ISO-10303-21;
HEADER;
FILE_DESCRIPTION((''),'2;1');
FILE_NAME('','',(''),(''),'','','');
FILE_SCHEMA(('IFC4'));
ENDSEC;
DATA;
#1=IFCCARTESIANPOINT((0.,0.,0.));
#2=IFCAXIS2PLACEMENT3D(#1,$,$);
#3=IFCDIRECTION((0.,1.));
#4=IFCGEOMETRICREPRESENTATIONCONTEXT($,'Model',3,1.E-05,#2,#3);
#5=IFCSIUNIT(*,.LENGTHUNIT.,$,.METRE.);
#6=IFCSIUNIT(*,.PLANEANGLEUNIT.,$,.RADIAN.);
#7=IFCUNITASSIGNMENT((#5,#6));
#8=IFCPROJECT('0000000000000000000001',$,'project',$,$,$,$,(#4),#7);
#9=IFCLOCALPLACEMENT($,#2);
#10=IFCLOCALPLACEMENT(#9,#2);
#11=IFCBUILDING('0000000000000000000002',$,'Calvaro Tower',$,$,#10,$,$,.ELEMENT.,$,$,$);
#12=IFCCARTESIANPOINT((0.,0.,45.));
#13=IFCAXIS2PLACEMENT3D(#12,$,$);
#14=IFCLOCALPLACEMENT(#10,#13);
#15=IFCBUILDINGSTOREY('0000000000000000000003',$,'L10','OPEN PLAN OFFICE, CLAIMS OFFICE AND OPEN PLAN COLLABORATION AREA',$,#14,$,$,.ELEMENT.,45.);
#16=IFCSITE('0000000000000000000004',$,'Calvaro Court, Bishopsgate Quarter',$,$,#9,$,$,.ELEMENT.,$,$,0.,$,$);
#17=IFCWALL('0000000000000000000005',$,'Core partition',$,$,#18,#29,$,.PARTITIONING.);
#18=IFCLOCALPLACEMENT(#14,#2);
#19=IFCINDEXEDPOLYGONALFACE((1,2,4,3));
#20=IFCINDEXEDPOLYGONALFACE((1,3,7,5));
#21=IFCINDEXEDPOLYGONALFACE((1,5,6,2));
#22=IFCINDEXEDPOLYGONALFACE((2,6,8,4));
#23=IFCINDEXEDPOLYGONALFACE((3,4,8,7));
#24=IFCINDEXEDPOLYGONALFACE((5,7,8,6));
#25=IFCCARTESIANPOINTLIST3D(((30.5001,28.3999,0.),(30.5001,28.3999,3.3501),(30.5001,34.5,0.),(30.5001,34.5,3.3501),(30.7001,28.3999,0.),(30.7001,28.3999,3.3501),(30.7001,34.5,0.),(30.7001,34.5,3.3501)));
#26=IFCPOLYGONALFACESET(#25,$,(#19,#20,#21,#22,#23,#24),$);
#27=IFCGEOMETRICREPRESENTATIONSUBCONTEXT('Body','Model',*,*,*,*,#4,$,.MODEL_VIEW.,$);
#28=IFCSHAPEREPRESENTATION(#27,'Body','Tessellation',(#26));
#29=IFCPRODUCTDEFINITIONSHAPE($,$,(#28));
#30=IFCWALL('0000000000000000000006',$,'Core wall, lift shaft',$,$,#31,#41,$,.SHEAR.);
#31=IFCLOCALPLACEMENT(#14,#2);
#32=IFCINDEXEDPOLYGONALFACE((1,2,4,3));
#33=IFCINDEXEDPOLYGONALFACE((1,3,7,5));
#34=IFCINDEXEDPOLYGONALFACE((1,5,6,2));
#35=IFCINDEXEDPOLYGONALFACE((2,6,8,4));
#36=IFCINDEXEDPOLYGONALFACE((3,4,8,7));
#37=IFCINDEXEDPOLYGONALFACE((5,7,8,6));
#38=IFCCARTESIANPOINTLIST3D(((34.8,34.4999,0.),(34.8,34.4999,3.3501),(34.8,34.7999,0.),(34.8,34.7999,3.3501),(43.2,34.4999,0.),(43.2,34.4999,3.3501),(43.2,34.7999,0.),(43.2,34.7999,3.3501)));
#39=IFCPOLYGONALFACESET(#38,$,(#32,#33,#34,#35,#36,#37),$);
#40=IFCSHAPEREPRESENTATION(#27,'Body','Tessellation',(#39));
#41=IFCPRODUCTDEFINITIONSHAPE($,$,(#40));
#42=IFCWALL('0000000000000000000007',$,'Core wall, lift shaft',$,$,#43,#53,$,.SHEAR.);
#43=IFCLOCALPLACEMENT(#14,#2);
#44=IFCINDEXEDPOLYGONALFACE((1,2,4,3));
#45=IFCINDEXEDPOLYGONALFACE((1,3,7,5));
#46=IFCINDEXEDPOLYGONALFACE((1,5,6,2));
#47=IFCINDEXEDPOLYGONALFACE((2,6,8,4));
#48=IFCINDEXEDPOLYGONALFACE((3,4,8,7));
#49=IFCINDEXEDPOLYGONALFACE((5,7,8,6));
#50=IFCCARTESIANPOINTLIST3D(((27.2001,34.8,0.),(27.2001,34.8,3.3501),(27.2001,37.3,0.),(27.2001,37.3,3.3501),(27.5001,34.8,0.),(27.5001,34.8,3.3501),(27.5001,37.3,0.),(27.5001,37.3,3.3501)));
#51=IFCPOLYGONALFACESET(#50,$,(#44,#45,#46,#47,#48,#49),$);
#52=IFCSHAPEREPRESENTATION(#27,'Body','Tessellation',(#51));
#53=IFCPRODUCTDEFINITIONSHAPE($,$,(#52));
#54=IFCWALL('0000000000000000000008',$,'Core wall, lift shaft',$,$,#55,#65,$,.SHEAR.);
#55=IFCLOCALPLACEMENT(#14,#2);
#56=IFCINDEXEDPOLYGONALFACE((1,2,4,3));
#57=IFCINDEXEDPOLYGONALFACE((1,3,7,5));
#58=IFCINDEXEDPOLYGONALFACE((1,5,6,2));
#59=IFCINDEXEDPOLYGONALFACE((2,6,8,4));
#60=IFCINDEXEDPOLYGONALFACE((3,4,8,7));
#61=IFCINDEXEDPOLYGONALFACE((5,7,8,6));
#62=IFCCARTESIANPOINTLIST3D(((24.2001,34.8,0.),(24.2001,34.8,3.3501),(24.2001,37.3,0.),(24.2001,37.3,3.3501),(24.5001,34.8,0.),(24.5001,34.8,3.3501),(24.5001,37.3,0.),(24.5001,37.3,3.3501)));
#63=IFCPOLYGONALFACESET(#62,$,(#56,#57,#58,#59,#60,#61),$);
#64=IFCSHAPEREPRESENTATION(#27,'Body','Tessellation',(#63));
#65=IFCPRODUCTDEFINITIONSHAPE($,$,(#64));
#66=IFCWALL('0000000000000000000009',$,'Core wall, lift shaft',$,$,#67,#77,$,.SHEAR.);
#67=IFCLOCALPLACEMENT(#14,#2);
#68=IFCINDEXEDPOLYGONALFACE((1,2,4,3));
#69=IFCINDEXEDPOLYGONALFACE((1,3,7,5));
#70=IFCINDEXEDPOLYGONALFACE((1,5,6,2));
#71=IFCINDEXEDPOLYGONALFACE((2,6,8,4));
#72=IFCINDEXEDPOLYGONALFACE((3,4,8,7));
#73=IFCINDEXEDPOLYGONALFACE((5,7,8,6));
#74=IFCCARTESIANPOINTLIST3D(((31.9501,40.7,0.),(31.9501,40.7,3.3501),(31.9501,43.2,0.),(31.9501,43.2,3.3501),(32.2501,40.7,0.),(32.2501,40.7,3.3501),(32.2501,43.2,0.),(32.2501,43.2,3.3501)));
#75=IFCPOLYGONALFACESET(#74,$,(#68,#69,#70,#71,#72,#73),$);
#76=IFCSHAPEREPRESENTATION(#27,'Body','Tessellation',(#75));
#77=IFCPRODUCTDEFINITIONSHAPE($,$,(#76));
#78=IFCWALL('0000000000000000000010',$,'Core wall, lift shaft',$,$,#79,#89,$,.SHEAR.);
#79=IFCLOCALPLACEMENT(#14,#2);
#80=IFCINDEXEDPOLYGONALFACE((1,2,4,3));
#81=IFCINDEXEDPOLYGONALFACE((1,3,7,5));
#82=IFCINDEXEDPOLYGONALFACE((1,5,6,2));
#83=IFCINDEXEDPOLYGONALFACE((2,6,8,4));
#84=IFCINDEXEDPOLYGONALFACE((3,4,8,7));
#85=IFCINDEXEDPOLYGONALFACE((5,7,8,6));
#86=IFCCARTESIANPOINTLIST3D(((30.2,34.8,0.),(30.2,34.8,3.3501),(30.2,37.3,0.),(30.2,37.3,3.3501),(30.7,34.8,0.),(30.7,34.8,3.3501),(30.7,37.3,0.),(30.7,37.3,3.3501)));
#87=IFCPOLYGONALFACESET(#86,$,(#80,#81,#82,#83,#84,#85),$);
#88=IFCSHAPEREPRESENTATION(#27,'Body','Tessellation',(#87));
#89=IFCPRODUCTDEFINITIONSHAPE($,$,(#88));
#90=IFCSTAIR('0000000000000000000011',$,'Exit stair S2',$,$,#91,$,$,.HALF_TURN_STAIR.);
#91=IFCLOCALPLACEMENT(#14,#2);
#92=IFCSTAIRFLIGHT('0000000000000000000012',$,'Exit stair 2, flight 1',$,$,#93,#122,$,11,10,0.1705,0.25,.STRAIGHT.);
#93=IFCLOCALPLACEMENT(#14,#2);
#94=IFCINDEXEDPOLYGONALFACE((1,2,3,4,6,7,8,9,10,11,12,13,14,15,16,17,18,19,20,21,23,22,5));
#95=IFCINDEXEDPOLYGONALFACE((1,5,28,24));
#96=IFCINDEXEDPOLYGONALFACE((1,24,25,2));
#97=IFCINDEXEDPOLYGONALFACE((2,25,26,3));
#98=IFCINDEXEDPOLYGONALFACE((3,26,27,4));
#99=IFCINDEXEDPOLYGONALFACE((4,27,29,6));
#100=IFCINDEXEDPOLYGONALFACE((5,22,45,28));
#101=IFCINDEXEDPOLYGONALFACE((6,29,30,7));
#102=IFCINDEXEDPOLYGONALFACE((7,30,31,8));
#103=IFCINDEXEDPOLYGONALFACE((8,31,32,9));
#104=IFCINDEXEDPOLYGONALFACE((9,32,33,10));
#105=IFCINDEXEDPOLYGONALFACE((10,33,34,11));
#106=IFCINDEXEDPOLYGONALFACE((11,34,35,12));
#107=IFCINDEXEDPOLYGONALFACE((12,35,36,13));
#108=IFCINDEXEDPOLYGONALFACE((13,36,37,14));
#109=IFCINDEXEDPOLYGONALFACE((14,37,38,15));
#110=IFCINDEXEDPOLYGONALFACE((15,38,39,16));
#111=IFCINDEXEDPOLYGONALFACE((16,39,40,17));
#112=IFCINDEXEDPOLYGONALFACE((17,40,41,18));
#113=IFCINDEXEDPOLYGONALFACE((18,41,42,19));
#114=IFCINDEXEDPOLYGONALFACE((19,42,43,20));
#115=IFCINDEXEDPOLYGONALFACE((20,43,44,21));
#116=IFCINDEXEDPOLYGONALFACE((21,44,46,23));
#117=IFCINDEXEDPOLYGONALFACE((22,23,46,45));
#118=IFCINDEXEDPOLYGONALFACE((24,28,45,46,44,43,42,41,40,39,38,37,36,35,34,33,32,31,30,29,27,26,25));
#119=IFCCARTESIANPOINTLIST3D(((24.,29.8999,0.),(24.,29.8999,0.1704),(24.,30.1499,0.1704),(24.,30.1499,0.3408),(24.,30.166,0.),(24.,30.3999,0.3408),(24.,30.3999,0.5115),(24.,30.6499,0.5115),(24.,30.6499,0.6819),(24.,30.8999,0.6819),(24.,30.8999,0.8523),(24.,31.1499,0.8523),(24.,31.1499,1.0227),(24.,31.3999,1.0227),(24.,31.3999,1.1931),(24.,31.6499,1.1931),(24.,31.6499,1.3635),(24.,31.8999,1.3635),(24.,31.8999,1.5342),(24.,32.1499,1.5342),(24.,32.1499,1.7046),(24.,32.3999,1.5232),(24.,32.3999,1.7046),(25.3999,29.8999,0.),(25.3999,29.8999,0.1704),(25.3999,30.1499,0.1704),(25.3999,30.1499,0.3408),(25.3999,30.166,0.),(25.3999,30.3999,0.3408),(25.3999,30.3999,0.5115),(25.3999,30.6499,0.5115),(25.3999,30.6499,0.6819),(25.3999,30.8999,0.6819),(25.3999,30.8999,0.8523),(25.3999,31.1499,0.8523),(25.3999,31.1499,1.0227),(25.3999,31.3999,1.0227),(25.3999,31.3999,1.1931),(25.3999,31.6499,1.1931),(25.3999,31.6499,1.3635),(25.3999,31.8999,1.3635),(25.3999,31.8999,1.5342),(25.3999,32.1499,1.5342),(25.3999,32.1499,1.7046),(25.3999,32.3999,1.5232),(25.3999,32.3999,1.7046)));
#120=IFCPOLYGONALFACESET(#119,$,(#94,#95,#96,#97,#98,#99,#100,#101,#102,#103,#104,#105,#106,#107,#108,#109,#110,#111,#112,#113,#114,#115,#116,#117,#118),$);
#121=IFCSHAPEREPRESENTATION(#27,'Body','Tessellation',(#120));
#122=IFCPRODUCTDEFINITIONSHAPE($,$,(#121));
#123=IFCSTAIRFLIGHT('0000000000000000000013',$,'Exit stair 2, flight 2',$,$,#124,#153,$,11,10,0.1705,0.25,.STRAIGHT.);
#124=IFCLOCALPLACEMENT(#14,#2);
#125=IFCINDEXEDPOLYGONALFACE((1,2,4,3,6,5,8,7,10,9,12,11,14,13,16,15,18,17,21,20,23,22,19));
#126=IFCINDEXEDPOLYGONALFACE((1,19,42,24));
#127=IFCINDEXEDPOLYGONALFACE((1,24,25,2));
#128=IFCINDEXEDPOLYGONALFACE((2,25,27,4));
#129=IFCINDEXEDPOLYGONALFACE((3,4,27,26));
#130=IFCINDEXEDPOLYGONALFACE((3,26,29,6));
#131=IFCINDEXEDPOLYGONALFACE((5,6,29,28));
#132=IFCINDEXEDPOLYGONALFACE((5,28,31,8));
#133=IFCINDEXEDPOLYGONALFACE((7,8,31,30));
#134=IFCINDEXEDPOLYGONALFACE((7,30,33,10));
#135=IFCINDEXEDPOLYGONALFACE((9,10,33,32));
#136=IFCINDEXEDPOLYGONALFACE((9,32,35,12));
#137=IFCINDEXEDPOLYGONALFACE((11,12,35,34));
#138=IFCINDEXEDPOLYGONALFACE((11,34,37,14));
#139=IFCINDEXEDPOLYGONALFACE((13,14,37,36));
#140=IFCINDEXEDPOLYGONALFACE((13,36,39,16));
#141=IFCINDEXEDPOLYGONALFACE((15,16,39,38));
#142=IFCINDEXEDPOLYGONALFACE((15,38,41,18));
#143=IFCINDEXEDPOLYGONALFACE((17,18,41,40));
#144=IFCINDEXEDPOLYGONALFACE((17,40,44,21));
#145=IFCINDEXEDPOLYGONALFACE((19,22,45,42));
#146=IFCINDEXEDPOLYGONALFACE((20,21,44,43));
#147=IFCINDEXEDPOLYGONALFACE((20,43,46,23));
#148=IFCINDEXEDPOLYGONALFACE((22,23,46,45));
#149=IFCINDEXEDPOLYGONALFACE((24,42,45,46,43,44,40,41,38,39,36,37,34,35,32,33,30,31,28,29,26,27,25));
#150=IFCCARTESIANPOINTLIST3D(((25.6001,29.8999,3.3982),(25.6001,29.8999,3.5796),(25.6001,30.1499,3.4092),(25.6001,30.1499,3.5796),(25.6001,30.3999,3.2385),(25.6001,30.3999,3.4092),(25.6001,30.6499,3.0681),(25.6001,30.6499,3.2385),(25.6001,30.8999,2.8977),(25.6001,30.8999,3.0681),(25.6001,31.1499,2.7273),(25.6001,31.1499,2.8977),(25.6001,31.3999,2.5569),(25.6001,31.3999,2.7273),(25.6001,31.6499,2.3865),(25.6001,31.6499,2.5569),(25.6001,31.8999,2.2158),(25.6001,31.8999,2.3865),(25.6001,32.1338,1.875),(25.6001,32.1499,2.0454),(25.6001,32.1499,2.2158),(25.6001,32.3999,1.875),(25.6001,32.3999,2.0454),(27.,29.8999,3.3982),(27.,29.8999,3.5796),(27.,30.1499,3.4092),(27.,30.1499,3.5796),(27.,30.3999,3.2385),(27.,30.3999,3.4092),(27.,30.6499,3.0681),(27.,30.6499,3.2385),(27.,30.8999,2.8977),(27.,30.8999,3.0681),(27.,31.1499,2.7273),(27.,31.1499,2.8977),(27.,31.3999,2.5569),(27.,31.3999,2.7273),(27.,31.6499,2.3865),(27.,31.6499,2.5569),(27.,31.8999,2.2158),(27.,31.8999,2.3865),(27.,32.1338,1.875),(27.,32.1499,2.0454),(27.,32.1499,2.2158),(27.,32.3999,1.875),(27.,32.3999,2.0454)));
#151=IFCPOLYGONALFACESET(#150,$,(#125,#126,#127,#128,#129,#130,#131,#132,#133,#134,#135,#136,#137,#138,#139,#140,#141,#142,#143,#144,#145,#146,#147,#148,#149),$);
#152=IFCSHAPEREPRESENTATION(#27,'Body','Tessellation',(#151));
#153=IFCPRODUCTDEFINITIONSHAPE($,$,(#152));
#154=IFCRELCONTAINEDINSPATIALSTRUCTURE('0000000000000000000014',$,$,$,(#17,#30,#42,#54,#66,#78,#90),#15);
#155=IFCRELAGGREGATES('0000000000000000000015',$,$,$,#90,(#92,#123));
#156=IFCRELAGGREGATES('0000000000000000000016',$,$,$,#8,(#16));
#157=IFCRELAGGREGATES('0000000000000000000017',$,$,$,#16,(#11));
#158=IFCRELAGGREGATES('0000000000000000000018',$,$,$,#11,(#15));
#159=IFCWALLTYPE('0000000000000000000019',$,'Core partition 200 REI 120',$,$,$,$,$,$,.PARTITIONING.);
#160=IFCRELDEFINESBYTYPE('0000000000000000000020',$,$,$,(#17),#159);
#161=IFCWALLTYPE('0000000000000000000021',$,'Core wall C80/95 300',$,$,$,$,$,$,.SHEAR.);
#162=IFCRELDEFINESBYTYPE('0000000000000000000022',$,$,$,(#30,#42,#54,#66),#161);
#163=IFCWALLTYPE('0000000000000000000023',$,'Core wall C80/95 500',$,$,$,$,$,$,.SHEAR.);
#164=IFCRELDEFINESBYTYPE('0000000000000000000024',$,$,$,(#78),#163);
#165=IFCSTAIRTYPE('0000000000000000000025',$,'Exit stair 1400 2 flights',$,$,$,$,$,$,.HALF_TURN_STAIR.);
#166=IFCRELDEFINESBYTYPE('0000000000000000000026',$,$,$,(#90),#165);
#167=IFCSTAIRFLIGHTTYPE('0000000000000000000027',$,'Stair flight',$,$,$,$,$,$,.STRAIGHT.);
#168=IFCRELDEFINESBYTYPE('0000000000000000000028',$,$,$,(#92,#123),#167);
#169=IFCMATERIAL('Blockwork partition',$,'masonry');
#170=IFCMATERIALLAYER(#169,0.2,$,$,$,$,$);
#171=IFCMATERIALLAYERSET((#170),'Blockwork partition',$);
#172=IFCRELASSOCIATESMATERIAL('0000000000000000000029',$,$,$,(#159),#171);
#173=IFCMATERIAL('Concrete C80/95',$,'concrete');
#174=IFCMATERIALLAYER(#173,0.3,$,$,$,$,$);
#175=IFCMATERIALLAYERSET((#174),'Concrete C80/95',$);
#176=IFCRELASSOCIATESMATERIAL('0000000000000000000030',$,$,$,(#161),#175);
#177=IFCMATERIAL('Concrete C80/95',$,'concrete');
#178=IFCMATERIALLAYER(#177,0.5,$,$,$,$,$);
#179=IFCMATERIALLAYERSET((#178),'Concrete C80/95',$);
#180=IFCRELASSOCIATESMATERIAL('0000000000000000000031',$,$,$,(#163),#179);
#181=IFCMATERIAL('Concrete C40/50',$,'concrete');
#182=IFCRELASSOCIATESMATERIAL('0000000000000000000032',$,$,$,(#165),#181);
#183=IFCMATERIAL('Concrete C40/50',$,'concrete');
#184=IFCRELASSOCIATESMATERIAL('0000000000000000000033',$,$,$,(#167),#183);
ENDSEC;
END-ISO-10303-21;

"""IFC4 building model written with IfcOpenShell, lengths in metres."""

from ifc_helpers import new_model, si_unit, direction, frame, frame_2d, origin, place, context, subcontext, project, spatial, polyline, rectangle, outline, extrude, material, layer, layer_set, type_object, element, aggregate, save


model = new_model("IFC4")

# Units and contexts
model_context = context("Model", 3, precision=1e-05, world=origin(), true_north=direction((0.0, 1.0)))
body_context = subcontext(model_context, "Body", "Model", "MODEL_VIEW")
ifc_project = project(units=[si_unit("LENGTHUNIT", "METRE"), si_unit("PLANEANGLEUNIT", "RADIAN")], contexts=[model_context])

# Site, building, storey
site_placement = place(None, origin())
site = spatial("IfcSite", under=ifc_project, at=site_placement, Name="Calvaro Court, Bishopsgate Quarter", CompositionType="ELEMENT", RefElevation=0.0)
building_placement = place(site_placement, origin())
building = spatial("IfcBuilding", under=site, at=building_placement, Name="Calvaro Tower", CompositionType="ELEMENT")
storey_placement = place(building_placement, frame((0.0, 0.0, 45.0)))
storey = spatial("IfcBuildingStorey", under=building, at=storey_placement, Name="L10", Description="OPEN PLAN OFFICE, CLAIMS OFFICE AND OPEN PLAN COLLABORATION AREA", CompositionType="ELEMENT", Elevation=45.0)

# Walls
ifc_material_1 = material(Name="Blockwork partition", Category="masonry")
ifc_layer_1 = layer(ifc_material_1, 0.2)
ifc_layer_set_1 = layer_set([ifc_layer_1], Name="Blockwork partition")
wall_type_1 = type_object("IfcWallType", Name="Core partition 200 REI 120", PredefinedType="PARTITIONING", material=ifc_layer_set_1)
wall_1_placement = place(storey_placement, frame((30.6001, 28.3999, 0.0), z_axis=(0.0, 0.0, 1.0), x_axis=(0.0, 1.0, 0.0)))
element("IfcWall", 1, at=wall_1_placement, inside=storey, type_object=wall_type_1, Name="Core partition", PredefinedType="PARTITIONING", context=body_context, shape_type="SweptSolid", body=[
    extrude(rectangle(XDim=6.1001, YDim=0.2, at=frame_2d((3.05, 0.0))), origin(), (0.0, 0.0, 1.0), 3.3501),
])
ifc_material_2 = material(Name="Concrete C80/95", Category="concrete")
ifc_layer_2 = layer(ifc_material_2, 0.3)
ifc_layer_set_2 = layer_set([ifc_layer_2], Name="Concrete C80/95")
wall_type_2 = type_object("IfcWallType", Name="Core wall C80/95 300", PredefinedType="SHEAR", material=ifc_layer_set_2)
wall_2_placement = place(storey_placement, frame((34.8, 34.6499, 0.0), z_axis=(0.0, 0.0, 1.0), x_axis=(1.0, 0.0, 0.0)))
element("IfcWall", 2, at=wall_2_placement, inside=storey, type_object=wall_type_2, Name="Core wall, lift shaft", PredefinedType="SHEAR", context=body_context, shape_type="SweptSolid", body=[
    extrude(rectangle(XDim=8.3999, YDim=0.3, at=frame_2d((4.2, 0.0))), origin(), (0.0, 0.0, 1.0), 3.3501),
])
for number, where, z_axis, x_axis, name in (
    (3, (27.3501, 34.8, 0.0), (0.0, 0.0, 1.0), (0.0, 1.0, 0.0), "Core wall, lift shaft"),
    (4, (24.3501, 34.8, 0.0), (0.0, 0.0, 1.0), (0.0, 1.0, 0.0), "Core wall, lift shaft"),
    (5, (32.1001, 40.7, 0.0), (0.0, 0.0, 1.0), (0.0, 1.0, 0.0), "Core wall, lift shaft"),
):
    element("IfcWall", number, at=place(storey_placement, frame(where, z_axis=z_axis, x_axis=x_axis)), inside=storey, type_object=wall_type_2, Name=name, PredefinedType="SHEAR", context=body_context, shape_type="SweptSolid", body=[
        extrude(rectangle(XDim=2.5, YDim=0.3, at=frame_2d((1.25, 0.0))), origin(), (0.0, 0.0, 1.0), 3.3501),
    ])
ifc_material_3 = material(Name="Concrete C80/95", Category="concrete")
ifc_layer_3 = layer(ifc_material_3, 0.5)
ifc_layer_set_3 = layer_set([ifc_layer_3], Name="Concrete C80/95")
wall_type_3 = type_object("IfcWallType", Name="Core wall C80/95 500", PredefinedType="SHEAR", material=ifc_layer_set_3)
wall_3_placement = place(storey_placement, frame((30.45, 34.8, 0.0), z_axis=(0.0, 0.0, 1.0), x_axis=(0.0, 1.0, 0.0)))
element("IfcWall", 6, at=wall_3_placement, inside=storey, type_object=wall_type_3, Name="Core wall, lift shaft", PredefinedType="SHEAR", context=body_context, shape_type="SweptSolid", body=[
    extrude(rectangle(XDim=2.5, YDim=0.5, at=frame_2d((1.25, 0.0))), origin(), (0.0, 0.0, 1.0), 3.3501),
])

# Stair, stair flights
ifc_material_4 = material(Name="Concrete C40/50", Category="concrete")
stair_type = type_object("IfcStairType", Name="Exit stair 1400 2 flights", PredefinedType="HALF_TURN_STAIR", material=ifc_material_4)
stair_placement = place(storey_placement, origin())
stair = element("IfcStair", 7, at=stair_placement, inside=storey, type_object=stair_type, Name="Exit stair S2", PredefinedType="HALF_TURN_STAIR")
ifc_material_5 = material(Name="Concrete C40/50", Category="concrete")
stair_flight_type = type_object("IfcStairFlightType", Name="Stair flight", PredefinedType="STRAIGHT", material=ifc_material_5)
stair_flight_1_placement = place(storey_placement, frame((24.7, 29.8999, 0.0), z_axis=(0.0, 0.0, 1.0), x_axis=(0.0, 1.0, 0.0)))
stair_flight_1 = element("IfcStairFlight", 8, at=stair_flight_1_placement, type_object=stair_flight_type, Name="Exit stair 2, flight 1", NumberOfRisers=11, NumberOfTreads=10, PredefinedType="STRAIGHT", RiserHeight=0.1705, TreadLength=0.25, context=body_context, shape_type="SweptSolid", body=[
    extrude(outline(polyline([(0.0, 0.0), (0.0, 0.1704), (0.25, 0.1704), (0.25, 0.3408), (0.5, 0.3408), (0.5, 0.5115), (0.75, 0.5115), (0.75, 0.6819), (1.0, 0.6819), (1.0, 0.8523), (1.25, 0.8523), (1.25, 1.0227), (1.5, 1.0227), (1.5, 1.1931), (1.75, 1.1931), (1.75, 1.3635), (2.0, 1.3635), (2.0, 1.5342), (2.25, 1.5342), (2.25, 1.7046), (2.5, 1.7046), (2.5, 1.875), (2.5, 1.5232), (0.2661, 0.0), (0.0, 0.0)])), frame((0.0, 0.7, 0.0), z_axis=(0.0, -1.0, 0.0), x_axis=(1.0, 0.0, 0.0)), (0.0, 0.0, 1.0), 1.3999),
])
stair_flight_2_placement = place(storey_placement, frame((26.3, 32.3999, 1.875), z_axis=(0.0, 0.0, 1.0), x_axis=(0.0, -1.0, 0.0)))
stair_flight_2 = element("IfcStairFlight", 9, at=stair_flight_2_placement, type_object=stair_flight_type, Name="Exit stair 2, flight 2", NumberOfRisers=11, NumberOfTreads=10, PredefinedType="STRAIGHT", RiserHeight=0.1705, TreadLength=0.25, context=body_context, shape_type="SweptSolid", body=[
    extrude(outline(polyline([(0.0, 0.0), (0.0, 0.1704), (0.25, 0.1704), (0.25, 0.3408), (0.5, 0.3408), (0.5, 0.5115), (0.75, 0.5115), (0.75, 0.6819), (1.0, 0.6819), (1.0, 0.8523), (1.25, 0.8523), (1.25, 1.0227), (1.5, 1.0227), (1.5, 1.1931), (1.75, 1.1931), (1.75, 1.3635), (2.0, 1.3635), (2.0, 1.5342), (2.25, 1.5342), (2.25, 1.7046), (2.5, 1.7046), (2.5, 1.875), (2.5, 1.5232), (0.2661, 0.0), (0.0, 0.0)])), frame((0.0, 0.7, 0.0), z_axis=(0.0, -1.0, 0.0), x_axis=(1.0, 0.0, 0.0)), (0.0, 0.0, 1.0), 1.3999),
])
aggregate(stair, [stair_flight_1, stair_flight_2])

save(model, "model.ifc")
